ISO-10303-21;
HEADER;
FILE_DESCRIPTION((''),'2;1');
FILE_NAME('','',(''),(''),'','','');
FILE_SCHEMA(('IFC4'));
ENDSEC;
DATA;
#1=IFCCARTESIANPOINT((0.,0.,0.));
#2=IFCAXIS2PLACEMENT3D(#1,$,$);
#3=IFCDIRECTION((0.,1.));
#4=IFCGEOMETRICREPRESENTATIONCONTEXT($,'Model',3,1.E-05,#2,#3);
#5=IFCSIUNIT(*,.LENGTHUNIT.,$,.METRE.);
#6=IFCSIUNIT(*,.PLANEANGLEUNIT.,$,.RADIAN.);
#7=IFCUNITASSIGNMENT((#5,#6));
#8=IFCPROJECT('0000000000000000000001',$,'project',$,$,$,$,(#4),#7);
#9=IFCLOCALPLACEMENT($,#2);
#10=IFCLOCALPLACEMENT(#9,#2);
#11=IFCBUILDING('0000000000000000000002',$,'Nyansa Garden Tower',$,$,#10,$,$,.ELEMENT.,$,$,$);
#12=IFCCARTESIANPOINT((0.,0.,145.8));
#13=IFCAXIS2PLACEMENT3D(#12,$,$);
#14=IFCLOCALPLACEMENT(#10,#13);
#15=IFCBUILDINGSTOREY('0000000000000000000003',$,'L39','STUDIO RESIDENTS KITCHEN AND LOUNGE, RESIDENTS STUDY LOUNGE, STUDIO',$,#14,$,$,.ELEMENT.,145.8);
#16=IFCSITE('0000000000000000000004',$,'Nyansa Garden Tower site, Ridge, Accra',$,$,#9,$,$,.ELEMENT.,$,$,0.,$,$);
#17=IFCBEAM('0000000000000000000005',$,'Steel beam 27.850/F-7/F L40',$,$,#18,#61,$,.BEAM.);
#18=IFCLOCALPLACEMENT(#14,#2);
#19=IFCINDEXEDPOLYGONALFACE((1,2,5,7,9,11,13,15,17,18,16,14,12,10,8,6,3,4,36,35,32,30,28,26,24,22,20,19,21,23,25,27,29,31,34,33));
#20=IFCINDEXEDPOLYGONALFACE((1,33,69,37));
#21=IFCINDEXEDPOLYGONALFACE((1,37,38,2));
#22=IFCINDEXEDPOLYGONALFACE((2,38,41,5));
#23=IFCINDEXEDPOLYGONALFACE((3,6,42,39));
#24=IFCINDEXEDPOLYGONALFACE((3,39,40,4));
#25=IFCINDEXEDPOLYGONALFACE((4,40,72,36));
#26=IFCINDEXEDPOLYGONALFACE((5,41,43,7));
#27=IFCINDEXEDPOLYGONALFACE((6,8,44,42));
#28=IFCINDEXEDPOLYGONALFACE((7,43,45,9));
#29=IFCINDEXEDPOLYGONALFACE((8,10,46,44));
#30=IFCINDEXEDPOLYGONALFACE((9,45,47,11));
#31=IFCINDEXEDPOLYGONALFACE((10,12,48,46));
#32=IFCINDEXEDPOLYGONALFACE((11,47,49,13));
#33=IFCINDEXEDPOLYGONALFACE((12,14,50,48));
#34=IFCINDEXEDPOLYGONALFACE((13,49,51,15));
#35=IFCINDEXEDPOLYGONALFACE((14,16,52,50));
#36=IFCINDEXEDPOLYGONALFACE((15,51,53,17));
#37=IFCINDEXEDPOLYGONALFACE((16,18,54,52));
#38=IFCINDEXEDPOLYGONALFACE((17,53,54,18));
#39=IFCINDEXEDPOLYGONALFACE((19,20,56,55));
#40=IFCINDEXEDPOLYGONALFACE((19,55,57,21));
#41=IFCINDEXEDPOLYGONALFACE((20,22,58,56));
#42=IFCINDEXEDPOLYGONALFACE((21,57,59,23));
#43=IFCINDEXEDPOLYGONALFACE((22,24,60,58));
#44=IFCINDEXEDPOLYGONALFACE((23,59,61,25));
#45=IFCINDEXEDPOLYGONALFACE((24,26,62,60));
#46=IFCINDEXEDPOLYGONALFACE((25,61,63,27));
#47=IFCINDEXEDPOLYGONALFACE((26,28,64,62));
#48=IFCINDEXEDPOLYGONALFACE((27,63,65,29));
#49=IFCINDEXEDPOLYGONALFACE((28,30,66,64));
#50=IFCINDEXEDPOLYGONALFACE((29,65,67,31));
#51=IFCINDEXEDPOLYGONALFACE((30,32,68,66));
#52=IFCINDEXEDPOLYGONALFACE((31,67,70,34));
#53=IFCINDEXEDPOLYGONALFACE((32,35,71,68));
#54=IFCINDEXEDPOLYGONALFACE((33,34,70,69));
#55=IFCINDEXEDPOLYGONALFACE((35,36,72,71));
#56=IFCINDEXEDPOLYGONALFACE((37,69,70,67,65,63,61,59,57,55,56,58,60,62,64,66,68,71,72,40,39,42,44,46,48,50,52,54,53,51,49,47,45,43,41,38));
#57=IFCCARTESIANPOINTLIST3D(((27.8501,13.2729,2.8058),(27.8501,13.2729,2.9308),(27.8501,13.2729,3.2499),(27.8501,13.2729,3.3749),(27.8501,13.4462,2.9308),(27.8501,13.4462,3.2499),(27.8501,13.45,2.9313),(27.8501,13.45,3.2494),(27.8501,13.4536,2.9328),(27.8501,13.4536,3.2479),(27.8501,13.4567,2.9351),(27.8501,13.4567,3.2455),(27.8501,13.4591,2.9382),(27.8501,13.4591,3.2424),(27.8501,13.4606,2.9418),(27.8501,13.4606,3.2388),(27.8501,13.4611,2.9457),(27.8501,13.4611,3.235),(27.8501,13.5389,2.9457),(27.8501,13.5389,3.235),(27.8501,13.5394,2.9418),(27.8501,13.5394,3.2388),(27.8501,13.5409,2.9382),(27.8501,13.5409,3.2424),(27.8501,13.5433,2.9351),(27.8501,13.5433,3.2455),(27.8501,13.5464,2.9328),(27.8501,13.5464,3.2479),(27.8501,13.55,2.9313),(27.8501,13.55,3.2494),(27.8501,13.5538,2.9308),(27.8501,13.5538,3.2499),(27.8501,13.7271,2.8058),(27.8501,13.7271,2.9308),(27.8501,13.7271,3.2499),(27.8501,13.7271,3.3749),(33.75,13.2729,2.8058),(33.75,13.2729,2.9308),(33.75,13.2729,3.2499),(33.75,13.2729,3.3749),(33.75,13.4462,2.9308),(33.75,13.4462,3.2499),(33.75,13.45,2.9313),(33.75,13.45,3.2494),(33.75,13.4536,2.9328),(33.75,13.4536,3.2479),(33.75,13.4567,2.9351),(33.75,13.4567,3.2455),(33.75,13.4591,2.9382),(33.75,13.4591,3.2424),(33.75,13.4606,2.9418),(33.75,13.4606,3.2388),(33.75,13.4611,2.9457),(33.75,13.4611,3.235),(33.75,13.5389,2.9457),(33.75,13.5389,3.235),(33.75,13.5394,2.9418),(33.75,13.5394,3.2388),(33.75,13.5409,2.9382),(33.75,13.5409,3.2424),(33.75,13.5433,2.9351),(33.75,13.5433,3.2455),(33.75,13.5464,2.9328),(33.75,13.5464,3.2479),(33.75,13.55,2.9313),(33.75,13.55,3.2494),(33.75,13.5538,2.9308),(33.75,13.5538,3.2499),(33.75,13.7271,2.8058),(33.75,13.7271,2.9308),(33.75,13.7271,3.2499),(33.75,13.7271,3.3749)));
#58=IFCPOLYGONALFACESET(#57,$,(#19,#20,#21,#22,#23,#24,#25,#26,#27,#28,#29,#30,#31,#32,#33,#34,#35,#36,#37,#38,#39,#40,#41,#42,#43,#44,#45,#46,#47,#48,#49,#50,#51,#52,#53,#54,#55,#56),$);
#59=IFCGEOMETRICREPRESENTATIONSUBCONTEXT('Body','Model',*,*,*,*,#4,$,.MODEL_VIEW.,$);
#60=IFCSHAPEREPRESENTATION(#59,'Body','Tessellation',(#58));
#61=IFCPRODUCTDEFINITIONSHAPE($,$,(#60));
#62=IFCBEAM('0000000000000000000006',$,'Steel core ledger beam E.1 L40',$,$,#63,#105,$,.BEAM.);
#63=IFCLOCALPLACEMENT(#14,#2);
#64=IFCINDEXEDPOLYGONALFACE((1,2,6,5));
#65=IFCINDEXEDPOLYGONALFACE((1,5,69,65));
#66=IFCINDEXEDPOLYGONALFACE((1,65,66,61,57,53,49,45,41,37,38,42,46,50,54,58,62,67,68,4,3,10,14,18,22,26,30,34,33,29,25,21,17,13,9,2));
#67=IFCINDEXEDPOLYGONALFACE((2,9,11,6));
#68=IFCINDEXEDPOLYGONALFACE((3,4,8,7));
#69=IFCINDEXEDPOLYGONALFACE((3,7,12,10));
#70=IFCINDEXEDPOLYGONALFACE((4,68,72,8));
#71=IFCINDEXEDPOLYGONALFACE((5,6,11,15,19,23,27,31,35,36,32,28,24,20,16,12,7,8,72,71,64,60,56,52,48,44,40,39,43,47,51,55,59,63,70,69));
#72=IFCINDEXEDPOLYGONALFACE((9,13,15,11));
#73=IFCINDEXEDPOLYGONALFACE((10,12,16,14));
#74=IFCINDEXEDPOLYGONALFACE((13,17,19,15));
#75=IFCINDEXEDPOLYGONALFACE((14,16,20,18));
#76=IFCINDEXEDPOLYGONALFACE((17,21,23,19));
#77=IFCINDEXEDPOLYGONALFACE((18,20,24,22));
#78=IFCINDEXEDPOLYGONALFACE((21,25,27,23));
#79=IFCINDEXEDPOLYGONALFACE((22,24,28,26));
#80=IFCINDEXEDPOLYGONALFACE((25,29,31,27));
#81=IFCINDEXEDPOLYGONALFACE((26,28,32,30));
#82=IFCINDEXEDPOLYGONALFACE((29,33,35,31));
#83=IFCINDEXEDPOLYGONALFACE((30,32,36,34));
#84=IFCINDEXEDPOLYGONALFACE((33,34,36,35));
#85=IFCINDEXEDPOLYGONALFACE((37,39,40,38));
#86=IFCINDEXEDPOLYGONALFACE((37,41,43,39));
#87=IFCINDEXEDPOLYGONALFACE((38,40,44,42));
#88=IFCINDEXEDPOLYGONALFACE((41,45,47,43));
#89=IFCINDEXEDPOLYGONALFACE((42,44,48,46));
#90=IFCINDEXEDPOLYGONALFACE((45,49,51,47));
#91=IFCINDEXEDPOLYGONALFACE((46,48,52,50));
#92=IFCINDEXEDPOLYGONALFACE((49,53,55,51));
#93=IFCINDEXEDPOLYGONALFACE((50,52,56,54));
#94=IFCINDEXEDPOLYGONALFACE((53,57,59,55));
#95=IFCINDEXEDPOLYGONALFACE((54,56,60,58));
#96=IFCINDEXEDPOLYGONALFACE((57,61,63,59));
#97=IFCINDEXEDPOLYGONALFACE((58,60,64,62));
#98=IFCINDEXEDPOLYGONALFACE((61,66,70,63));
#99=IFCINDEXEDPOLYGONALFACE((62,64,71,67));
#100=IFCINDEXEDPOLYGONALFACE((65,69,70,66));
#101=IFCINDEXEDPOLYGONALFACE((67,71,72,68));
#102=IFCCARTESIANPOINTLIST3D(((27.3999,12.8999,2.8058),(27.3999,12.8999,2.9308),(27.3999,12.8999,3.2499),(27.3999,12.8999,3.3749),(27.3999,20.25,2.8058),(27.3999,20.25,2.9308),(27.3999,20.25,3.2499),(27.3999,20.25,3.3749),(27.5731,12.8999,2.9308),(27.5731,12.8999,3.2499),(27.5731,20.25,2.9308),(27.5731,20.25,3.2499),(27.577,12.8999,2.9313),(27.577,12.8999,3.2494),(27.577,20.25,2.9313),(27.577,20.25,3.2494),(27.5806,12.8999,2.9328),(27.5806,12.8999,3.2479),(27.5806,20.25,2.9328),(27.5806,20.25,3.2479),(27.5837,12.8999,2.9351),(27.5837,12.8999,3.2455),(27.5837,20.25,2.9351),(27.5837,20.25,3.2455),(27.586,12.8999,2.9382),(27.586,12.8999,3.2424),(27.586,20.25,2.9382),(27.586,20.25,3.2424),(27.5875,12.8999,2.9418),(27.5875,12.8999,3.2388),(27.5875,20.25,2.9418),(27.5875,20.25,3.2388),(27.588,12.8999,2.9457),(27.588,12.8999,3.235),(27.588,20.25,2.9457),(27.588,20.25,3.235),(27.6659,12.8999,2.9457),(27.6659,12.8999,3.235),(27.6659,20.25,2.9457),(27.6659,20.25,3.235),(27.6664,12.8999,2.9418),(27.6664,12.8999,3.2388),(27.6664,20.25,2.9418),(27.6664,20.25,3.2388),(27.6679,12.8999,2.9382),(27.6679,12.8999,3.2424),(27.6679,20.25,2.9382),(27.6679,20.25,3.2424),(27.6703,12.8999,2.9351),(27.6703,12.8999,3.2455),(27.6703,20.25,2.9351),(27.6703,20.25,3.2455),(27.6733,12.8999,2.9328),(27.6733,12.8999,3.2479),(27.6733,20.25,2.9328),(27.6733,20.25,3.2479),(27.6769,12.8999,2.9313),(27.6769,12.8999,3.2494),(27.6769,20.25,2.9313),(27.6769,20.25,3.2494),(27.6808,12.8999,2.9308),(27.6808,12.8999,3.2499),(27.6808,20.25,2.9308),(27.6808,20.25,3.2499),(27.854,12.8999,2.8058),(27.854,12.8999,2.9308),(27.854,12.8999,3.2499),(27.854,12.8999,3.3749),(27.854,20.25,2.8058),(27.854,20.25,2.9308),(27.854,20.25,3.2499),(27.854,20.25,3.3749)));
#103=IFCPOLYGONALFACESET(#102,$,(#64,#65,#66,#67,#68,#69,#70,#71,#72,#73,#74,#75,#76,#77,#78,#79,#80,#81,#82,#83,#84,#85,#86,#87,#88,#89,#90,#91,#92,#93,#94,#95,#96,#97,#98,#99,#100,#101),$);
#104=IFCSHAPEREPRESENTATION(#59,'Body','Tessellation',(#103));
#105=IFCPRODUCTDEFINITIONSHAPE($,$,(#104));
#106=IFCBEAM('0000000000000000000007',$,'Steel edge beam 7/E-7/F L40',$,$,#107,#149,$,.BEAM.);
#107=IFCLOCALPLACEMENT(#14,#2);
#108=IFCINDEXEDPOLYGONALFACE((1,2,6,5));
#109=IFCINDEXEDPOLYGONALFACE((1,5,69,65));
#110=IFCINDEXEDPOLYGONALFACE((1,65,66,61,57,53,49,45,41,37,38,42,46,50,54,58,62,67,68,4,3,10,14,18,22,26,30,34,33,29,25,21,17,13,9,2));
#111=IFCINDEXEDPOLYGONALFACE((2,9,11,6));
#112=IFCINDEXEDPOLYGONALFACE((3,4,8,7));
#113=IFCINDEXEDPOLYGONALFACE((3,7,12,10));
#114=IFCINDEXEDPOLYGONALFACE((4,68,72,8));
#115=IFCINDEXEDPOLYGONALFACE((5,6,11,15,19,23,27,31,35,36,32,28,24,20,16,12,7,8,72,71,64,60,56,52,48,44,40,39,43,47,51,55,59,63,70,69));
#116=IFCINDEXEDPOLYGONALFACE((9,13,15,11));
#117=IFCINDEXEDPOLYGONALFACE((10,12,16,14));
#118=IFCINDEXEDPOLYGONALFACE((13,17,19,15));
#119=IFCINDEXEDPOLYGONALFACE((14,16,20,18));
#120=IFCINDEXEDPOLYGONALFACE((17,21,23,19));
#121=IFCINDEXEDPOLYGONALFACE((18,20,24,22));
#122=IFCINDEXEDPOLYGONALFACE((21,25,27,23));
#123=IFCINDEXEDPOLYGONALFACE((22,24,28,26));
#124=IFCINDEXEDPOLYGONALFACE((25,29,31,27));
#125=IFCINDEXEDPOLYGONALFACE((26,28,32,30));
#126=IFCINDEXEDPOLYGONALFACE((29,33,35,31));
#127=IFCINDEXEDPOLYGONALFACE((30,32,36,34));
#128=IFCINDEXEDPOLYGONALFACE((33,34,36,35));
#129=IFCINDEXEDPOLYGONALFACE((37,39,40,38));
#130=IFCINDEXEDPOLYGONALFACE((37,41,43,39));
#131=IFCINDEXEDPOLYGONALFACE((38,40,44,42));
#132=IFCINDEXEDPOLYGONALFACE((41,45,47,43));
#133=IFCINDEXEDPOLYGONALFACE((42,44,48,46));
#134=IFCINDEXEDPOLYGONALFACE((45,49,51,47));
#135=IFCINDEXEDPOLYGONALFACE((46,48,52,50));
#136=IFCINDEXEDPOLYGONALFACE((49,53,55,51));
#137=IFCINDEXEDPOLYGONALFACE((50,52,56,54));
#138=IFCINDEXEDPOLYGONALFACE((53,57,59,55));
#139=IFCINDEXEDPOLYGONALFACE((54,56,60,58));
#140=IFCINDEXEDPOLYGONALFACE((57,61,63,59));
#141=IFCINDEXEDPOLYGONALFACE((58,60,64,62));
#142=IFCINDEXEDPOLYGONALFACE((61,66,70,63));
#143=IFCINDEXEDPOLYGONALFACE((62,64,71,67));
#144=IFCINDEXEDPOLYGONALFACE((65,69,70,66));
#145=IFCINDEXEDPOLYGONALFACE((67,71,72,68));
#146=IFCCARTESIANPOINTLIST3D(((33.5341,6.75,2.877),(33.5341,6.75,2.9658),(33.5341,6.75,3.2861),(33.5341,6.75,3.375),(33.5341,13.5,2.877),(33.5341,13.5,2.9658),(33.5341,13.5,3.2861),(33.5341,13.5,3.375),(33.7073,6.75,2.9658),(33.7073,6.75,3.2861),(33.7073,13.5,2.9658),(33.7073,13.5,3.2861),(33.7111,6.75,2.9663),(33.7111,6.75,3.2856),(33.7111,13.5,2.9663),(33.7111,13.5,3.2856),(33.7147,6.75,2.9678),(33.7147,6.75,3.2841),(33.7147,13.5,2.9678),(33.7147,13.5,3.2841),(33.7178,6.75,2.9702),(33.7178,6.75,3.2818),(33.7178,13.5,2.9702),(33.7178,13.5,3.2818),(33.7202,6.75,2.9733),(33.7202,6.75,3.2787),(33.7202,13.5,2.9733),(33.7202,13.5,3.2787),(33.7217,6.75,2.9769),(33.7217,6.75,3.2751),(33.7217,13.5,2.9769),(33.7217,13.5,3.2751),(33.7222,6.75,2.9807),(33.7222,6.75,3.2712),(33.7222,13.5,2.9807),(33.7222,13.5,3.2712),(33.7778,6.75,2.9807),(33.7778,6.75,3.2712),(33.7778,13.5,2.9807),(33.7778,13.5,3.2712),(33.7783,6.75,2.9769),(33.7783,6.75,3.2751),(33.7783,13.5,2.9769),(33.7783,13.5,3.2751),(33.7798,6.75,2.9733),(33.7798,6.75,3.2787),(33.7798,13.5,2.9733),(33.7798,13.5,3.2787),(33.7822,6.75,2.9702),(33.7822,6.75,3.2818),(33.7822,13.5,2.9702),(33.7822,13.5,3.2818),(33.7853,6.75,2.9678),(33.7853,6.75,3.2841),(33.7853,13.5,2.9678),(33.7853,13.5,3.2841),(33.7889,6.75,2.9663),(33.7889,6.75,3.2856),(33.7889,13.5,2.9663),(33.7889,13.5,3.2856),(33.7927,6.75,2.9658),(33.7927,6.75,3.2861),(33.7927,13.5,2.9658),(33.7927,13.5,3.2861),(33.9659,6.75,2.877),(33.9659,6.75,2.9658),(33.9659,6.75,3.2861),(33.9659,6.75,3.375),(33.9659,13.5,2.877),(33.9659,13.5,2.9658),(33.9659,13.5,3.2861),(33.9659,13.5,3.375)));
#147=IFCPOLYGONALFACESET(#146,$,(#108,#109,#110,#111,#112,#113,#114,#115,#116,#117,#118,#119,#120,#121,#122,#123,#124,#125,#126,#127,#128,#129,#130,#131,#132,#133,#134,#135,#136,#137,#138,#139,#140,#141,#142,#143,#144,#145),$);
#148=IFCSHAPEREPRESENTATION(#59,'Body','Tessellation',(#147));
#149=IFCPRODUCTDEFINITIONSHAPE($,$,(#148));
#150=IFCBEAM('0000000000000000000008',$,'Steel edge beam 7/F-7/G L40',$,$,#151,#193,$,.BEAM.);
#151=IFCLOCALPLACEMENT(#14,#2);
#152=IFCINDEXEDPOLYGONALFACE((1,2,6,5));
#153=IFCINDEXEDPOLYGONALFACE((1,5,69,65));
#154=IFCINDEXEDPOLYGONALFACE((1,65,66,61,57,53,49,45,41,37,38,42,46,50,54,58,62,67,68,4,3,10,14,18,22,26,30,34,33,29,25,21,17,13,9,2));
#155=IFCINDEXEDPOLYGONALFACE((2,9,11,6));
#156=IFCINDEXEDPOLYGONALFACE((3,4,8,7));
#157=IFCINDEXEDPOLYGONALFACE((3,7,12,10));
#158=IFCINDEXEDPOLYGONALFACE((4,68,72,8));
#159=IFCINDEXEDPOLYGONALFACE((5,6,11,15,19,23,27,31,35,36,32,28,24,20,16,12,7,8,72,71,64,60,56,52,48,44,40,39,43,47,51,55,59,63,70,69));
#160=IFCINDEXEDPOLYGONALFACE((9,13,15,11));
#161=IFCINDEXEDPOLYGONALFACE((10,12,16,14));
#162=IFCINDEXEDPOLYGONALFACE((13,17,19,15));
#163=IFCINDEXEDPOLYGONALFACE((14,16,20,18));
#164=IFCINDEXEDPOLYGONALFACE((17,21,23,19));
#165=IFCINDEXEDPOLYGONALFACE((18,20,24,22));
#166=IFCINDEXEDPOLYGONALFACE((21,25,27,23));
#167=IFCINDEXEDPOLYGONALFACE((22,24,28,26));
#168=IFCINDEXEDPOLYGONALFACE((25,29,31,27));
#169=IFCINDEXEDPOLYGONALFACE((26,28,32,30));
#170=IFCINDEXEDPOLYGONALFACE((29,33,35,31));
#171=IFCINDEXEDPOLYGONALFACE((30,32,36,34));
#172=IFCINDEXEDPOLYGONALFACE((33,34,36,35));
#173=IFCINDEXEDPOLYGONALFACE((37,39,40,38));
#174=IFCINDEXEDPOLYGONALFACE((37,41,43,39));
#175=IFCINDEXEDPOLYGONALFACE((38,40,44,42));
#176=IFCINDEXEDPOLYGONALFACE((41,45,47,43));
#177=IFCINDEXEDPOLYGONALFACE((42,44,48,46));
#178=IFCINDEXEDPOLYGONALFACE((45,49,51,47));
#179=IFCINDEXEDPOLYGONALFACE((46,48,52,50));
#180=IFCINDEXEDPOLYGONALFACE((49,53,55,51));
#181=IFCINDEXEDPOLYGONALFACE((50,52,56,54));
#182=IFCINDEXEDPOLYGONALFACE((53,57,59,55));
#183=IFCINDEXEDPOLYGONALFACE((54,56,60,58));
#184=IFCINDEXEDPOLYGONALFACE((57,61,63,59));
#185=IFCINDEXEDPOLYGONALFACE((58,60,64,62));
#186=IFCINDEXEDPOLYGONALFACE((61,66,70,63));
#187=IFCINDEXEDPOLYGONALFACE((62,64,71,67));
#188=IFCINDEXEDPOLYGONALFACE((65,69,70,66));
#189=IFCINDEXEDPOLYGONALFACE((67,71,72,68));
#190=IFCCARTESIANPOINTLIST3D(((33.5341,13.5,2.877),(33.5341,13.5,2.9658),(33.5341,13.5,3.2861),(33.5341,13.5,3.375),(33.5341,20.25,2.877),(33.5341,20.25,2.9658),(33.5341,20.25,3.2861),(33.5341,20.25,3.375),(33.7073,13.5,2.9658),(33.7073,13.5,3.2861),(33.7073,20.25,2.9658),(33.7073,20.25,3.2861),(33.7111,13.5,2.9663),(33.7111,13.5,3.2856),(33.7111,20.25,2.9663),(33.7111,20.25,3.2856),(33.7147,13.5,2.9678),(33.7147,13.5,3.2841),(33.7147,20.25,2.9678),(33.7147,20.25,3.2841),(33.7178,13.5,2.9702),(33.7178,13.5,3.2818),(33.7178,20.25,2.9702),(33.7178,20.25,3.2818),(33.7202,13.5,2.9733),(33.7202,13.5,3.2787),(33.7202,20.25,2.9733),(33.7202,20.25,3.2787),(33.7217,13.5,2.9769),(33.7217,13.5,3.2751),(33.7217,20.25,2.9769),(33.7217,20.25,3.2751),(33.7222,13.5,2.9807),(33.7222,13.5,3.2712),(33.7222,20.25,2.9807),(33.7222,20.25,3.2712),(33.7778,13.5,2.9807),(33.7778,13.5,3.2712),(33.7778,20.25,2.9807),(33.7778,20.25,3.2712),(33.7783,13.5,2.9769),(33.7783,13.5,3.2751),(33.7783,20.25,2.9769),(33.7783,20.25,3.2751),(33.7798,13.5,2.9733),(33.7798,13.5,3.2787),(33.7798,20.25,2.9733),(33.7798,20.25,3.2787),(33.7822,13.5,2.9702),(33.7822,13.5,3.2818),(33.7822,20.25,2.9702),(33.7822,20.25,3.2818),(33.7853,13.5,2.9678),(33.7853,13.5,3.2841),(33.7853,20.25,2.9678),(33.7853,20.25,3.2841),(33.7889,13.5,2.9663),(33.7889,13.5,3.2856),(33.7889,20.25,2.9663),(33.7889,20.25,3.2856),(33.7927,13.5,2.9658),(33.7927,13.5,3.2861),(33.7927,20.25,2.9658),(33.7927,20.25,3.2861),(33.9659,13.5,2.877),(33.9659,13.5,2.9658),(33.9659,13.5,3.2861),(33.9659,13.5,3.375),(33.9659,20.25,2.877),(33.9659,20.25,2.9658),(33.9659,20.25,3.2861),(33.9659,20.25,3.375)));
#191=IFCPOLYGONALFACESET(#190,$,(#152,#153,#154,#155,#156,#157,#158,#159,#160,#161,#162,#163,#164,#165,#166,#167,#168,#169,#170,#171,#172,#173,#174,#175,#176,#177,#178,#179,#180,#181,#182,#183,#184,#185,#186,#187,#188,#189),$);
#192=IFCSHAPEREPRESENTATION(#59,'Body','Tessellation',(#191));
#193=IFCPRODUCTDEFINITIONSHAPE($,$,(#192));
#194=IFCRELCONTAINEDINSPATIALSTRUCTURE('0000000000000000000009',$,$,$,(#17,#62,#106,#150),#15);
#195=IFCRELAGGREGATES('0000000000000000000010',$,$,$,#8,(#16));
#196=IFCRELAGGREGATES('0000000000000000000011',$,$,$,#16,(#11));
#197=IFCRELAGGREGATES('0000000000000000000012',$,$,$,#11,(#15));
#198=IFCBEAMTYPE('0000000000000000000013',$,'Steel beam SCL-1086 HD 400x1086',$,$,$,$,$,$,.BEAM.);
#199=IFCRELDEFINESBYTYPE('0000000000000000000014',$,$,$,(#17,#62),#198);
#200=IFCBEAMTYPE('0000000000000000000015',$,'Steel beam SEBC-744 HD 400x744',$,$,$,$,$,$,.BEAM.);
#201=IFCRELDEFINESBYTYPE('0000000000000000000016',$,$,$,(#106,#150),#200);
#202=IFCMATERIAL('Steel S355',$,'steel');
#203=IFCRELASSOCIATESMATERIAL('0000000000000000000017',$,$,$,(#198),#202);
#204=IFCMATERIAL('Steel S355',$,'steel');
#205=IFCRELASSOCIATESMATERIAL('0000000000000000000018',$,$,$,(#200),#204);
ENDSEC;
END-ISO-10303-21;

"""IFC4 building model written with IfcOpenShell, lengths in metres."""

from ifc_helpers import new_model, si_unit, direction, frame, origin, origin_2d, place, context, subcontext, project, spatial, i_section, extrude, material, material_profile, profile_set, type_object, element, save


model = new_model("IFC4")

# Units and contexts
model_context = context("Model", 3, precision=1e-05, world=origin(), true_north=direction((0.0, 1.0)))
body_context = subcontext(model_context, "Body", "Model", "MODEL_VIEW")
ifc_project = project(units=[si_unit("LENGTHUNIT", "METRE"), si_unit("PLANEANGLEUNIT", "RADIAN")], contexts=[model_context])

# Site, building, storey
site_placement = place(None, origin())
site = spatial("IfcSite", under=ifc_project, at=site_placement, Name="Nyansa Garden Tower site, Ridge, Accra", CompositionType="ELEMENT", RefElevation=0.0)
building_placement = place(site_placement, origin())
building = spatial("IfcBuilding", under=site, at=building_placement, Name="Nyansa Garden Tower", CompositionType="ELEMENT")
storey_placement = place(building_placement, frame((0.0, 0.0, 145.8)))
storey = spatial("IfcBuildingStorey", under=building, at=storey_placement, Name="L39", Description="STUDIO RESIDENTS KITCHEN AND LOUNGE, RESIDENTS STUDY LOUNGE, STUDIO", CompositionType="ELEMENT", Elevation=145.8)

# Beams
ifc_material_1 = material(Name="Steel S355", Category="steel")
ifc_material_profile_1 = material_profile(ifc_material_1, i_section(OverallWidth=0.4541, OverallDepth=0.5691, WebThickness=0.0779, FlangeThickness=0.125, FilletRadius=0.0149, at=origin_2d()), Name="HD 400x1086")
ifc_profile_set_1 = profile_set([ifc_material_profile_1], Name="Steel S355")
beam_type_1 = type_object("IfcBeamType", Name="Steel beam SCL-1086 HD 400x1086", PredefinedType="BEAM", material=ifc_profile_set_1)
beam_1_placement = place(storey_placement, frame((27.8501, 13.5, 3.0903), z_axis=(1.0, 0.0, 0.0), x_axis=(0.0, 1.0, 0.0)))
element("IfcBeam", 1, at=beam_1_placement, inside=storey, type_object=beam_type_1, Name="Steel beam 27.850/F-7/F L40", PredefinedType="BEAM", context=body_context, shape_type="SweptSolid", body=[
    extrude(i_section(OverallWidth=0.4541, OverallDepth=0.5691, WebThickness=0.0779, FlangeThickness=0.125, FilletRadius=0.0149, at=origin_2d()), origin(), (0.0, 0.0, 1.0), 5.8999),
])
beam_2_placement = place(storey_placement, frame((27.627, 12.8999, 3.0903), z_axis=(0.0, 1.0, 0.0), x_axis=(-1.0, 0.0, 0.0)))
element("IfcBeam", 2, at=beam_2_placement, inside=storey, type_object=beam_type_1, Name="Steel core ledger beam E.1 L40", PredefinedType="BEAM", context=body_context, shape_type="SweptSolid", body=[
    extrude(i_section(OverallWidth=0.4541, OverallDepth=0.5691, WebThickness=0.0779, FlangeThickness=0.125, FilletRadius=0.0149, at=origin_2d()), origin(), (0.0, 0.0, 1.0), 7.3501),
])
ifc_material_2 = material(Name="Steel S355", Category="steel")
ifc_material_profile_2 = material_profile(ifc_material_2, i_section(OverallWidth=0.4319, OverallDepth=0.498, WebThickness=0.0557, FlangeThickness=0.0889, FilletRadius=0.0149, at=origin_2d()), Name="HD 400x744")
ifc_profile_set_2 = profile_set([ifc_material_profile_2], Name="Steel S355")
beam_type_2 = type_object("IfcBeamType", Name="Steel beam SEBC-744 HD 400x744", PredefinedType="BEAM", material=ifc_profile_set_2)
for number, where, z_axis, x_axis, name in (
    (3, (33.75, 6.75, 3.126), (0.0, 1.0, 0.0), (-1.0, 0.0, 0.0), "Steel edge beam 7/E-7/F L40"),
    (4, (33.75, 13.5, 3.126), (0.0, 1.0, 0.0), (-1.0, 0.0, 0.0), "Steel edge beam 7/F-7/G L40"),
):
    element("IfcBeam", number, at=place(storey_placement, frame(where, z_axis=z_axis, x_axis=x_axis)), inside=storey, type_object=beam_type_2, Name=name, PredefinedType="BEAM", context=body_context, shape_type="SweptSolid", body=[
        extrude(i_section(OverallWidth=0.4319, OverallDepth=0.498, WebThickness=0.0557, FlangeThickness=0.0889, FilletRadius=0.0149, at=origin_2d()), origin(), (0.0, 0.0, 1.0), 6.75),
    ])

save(model, "model.ifc")
